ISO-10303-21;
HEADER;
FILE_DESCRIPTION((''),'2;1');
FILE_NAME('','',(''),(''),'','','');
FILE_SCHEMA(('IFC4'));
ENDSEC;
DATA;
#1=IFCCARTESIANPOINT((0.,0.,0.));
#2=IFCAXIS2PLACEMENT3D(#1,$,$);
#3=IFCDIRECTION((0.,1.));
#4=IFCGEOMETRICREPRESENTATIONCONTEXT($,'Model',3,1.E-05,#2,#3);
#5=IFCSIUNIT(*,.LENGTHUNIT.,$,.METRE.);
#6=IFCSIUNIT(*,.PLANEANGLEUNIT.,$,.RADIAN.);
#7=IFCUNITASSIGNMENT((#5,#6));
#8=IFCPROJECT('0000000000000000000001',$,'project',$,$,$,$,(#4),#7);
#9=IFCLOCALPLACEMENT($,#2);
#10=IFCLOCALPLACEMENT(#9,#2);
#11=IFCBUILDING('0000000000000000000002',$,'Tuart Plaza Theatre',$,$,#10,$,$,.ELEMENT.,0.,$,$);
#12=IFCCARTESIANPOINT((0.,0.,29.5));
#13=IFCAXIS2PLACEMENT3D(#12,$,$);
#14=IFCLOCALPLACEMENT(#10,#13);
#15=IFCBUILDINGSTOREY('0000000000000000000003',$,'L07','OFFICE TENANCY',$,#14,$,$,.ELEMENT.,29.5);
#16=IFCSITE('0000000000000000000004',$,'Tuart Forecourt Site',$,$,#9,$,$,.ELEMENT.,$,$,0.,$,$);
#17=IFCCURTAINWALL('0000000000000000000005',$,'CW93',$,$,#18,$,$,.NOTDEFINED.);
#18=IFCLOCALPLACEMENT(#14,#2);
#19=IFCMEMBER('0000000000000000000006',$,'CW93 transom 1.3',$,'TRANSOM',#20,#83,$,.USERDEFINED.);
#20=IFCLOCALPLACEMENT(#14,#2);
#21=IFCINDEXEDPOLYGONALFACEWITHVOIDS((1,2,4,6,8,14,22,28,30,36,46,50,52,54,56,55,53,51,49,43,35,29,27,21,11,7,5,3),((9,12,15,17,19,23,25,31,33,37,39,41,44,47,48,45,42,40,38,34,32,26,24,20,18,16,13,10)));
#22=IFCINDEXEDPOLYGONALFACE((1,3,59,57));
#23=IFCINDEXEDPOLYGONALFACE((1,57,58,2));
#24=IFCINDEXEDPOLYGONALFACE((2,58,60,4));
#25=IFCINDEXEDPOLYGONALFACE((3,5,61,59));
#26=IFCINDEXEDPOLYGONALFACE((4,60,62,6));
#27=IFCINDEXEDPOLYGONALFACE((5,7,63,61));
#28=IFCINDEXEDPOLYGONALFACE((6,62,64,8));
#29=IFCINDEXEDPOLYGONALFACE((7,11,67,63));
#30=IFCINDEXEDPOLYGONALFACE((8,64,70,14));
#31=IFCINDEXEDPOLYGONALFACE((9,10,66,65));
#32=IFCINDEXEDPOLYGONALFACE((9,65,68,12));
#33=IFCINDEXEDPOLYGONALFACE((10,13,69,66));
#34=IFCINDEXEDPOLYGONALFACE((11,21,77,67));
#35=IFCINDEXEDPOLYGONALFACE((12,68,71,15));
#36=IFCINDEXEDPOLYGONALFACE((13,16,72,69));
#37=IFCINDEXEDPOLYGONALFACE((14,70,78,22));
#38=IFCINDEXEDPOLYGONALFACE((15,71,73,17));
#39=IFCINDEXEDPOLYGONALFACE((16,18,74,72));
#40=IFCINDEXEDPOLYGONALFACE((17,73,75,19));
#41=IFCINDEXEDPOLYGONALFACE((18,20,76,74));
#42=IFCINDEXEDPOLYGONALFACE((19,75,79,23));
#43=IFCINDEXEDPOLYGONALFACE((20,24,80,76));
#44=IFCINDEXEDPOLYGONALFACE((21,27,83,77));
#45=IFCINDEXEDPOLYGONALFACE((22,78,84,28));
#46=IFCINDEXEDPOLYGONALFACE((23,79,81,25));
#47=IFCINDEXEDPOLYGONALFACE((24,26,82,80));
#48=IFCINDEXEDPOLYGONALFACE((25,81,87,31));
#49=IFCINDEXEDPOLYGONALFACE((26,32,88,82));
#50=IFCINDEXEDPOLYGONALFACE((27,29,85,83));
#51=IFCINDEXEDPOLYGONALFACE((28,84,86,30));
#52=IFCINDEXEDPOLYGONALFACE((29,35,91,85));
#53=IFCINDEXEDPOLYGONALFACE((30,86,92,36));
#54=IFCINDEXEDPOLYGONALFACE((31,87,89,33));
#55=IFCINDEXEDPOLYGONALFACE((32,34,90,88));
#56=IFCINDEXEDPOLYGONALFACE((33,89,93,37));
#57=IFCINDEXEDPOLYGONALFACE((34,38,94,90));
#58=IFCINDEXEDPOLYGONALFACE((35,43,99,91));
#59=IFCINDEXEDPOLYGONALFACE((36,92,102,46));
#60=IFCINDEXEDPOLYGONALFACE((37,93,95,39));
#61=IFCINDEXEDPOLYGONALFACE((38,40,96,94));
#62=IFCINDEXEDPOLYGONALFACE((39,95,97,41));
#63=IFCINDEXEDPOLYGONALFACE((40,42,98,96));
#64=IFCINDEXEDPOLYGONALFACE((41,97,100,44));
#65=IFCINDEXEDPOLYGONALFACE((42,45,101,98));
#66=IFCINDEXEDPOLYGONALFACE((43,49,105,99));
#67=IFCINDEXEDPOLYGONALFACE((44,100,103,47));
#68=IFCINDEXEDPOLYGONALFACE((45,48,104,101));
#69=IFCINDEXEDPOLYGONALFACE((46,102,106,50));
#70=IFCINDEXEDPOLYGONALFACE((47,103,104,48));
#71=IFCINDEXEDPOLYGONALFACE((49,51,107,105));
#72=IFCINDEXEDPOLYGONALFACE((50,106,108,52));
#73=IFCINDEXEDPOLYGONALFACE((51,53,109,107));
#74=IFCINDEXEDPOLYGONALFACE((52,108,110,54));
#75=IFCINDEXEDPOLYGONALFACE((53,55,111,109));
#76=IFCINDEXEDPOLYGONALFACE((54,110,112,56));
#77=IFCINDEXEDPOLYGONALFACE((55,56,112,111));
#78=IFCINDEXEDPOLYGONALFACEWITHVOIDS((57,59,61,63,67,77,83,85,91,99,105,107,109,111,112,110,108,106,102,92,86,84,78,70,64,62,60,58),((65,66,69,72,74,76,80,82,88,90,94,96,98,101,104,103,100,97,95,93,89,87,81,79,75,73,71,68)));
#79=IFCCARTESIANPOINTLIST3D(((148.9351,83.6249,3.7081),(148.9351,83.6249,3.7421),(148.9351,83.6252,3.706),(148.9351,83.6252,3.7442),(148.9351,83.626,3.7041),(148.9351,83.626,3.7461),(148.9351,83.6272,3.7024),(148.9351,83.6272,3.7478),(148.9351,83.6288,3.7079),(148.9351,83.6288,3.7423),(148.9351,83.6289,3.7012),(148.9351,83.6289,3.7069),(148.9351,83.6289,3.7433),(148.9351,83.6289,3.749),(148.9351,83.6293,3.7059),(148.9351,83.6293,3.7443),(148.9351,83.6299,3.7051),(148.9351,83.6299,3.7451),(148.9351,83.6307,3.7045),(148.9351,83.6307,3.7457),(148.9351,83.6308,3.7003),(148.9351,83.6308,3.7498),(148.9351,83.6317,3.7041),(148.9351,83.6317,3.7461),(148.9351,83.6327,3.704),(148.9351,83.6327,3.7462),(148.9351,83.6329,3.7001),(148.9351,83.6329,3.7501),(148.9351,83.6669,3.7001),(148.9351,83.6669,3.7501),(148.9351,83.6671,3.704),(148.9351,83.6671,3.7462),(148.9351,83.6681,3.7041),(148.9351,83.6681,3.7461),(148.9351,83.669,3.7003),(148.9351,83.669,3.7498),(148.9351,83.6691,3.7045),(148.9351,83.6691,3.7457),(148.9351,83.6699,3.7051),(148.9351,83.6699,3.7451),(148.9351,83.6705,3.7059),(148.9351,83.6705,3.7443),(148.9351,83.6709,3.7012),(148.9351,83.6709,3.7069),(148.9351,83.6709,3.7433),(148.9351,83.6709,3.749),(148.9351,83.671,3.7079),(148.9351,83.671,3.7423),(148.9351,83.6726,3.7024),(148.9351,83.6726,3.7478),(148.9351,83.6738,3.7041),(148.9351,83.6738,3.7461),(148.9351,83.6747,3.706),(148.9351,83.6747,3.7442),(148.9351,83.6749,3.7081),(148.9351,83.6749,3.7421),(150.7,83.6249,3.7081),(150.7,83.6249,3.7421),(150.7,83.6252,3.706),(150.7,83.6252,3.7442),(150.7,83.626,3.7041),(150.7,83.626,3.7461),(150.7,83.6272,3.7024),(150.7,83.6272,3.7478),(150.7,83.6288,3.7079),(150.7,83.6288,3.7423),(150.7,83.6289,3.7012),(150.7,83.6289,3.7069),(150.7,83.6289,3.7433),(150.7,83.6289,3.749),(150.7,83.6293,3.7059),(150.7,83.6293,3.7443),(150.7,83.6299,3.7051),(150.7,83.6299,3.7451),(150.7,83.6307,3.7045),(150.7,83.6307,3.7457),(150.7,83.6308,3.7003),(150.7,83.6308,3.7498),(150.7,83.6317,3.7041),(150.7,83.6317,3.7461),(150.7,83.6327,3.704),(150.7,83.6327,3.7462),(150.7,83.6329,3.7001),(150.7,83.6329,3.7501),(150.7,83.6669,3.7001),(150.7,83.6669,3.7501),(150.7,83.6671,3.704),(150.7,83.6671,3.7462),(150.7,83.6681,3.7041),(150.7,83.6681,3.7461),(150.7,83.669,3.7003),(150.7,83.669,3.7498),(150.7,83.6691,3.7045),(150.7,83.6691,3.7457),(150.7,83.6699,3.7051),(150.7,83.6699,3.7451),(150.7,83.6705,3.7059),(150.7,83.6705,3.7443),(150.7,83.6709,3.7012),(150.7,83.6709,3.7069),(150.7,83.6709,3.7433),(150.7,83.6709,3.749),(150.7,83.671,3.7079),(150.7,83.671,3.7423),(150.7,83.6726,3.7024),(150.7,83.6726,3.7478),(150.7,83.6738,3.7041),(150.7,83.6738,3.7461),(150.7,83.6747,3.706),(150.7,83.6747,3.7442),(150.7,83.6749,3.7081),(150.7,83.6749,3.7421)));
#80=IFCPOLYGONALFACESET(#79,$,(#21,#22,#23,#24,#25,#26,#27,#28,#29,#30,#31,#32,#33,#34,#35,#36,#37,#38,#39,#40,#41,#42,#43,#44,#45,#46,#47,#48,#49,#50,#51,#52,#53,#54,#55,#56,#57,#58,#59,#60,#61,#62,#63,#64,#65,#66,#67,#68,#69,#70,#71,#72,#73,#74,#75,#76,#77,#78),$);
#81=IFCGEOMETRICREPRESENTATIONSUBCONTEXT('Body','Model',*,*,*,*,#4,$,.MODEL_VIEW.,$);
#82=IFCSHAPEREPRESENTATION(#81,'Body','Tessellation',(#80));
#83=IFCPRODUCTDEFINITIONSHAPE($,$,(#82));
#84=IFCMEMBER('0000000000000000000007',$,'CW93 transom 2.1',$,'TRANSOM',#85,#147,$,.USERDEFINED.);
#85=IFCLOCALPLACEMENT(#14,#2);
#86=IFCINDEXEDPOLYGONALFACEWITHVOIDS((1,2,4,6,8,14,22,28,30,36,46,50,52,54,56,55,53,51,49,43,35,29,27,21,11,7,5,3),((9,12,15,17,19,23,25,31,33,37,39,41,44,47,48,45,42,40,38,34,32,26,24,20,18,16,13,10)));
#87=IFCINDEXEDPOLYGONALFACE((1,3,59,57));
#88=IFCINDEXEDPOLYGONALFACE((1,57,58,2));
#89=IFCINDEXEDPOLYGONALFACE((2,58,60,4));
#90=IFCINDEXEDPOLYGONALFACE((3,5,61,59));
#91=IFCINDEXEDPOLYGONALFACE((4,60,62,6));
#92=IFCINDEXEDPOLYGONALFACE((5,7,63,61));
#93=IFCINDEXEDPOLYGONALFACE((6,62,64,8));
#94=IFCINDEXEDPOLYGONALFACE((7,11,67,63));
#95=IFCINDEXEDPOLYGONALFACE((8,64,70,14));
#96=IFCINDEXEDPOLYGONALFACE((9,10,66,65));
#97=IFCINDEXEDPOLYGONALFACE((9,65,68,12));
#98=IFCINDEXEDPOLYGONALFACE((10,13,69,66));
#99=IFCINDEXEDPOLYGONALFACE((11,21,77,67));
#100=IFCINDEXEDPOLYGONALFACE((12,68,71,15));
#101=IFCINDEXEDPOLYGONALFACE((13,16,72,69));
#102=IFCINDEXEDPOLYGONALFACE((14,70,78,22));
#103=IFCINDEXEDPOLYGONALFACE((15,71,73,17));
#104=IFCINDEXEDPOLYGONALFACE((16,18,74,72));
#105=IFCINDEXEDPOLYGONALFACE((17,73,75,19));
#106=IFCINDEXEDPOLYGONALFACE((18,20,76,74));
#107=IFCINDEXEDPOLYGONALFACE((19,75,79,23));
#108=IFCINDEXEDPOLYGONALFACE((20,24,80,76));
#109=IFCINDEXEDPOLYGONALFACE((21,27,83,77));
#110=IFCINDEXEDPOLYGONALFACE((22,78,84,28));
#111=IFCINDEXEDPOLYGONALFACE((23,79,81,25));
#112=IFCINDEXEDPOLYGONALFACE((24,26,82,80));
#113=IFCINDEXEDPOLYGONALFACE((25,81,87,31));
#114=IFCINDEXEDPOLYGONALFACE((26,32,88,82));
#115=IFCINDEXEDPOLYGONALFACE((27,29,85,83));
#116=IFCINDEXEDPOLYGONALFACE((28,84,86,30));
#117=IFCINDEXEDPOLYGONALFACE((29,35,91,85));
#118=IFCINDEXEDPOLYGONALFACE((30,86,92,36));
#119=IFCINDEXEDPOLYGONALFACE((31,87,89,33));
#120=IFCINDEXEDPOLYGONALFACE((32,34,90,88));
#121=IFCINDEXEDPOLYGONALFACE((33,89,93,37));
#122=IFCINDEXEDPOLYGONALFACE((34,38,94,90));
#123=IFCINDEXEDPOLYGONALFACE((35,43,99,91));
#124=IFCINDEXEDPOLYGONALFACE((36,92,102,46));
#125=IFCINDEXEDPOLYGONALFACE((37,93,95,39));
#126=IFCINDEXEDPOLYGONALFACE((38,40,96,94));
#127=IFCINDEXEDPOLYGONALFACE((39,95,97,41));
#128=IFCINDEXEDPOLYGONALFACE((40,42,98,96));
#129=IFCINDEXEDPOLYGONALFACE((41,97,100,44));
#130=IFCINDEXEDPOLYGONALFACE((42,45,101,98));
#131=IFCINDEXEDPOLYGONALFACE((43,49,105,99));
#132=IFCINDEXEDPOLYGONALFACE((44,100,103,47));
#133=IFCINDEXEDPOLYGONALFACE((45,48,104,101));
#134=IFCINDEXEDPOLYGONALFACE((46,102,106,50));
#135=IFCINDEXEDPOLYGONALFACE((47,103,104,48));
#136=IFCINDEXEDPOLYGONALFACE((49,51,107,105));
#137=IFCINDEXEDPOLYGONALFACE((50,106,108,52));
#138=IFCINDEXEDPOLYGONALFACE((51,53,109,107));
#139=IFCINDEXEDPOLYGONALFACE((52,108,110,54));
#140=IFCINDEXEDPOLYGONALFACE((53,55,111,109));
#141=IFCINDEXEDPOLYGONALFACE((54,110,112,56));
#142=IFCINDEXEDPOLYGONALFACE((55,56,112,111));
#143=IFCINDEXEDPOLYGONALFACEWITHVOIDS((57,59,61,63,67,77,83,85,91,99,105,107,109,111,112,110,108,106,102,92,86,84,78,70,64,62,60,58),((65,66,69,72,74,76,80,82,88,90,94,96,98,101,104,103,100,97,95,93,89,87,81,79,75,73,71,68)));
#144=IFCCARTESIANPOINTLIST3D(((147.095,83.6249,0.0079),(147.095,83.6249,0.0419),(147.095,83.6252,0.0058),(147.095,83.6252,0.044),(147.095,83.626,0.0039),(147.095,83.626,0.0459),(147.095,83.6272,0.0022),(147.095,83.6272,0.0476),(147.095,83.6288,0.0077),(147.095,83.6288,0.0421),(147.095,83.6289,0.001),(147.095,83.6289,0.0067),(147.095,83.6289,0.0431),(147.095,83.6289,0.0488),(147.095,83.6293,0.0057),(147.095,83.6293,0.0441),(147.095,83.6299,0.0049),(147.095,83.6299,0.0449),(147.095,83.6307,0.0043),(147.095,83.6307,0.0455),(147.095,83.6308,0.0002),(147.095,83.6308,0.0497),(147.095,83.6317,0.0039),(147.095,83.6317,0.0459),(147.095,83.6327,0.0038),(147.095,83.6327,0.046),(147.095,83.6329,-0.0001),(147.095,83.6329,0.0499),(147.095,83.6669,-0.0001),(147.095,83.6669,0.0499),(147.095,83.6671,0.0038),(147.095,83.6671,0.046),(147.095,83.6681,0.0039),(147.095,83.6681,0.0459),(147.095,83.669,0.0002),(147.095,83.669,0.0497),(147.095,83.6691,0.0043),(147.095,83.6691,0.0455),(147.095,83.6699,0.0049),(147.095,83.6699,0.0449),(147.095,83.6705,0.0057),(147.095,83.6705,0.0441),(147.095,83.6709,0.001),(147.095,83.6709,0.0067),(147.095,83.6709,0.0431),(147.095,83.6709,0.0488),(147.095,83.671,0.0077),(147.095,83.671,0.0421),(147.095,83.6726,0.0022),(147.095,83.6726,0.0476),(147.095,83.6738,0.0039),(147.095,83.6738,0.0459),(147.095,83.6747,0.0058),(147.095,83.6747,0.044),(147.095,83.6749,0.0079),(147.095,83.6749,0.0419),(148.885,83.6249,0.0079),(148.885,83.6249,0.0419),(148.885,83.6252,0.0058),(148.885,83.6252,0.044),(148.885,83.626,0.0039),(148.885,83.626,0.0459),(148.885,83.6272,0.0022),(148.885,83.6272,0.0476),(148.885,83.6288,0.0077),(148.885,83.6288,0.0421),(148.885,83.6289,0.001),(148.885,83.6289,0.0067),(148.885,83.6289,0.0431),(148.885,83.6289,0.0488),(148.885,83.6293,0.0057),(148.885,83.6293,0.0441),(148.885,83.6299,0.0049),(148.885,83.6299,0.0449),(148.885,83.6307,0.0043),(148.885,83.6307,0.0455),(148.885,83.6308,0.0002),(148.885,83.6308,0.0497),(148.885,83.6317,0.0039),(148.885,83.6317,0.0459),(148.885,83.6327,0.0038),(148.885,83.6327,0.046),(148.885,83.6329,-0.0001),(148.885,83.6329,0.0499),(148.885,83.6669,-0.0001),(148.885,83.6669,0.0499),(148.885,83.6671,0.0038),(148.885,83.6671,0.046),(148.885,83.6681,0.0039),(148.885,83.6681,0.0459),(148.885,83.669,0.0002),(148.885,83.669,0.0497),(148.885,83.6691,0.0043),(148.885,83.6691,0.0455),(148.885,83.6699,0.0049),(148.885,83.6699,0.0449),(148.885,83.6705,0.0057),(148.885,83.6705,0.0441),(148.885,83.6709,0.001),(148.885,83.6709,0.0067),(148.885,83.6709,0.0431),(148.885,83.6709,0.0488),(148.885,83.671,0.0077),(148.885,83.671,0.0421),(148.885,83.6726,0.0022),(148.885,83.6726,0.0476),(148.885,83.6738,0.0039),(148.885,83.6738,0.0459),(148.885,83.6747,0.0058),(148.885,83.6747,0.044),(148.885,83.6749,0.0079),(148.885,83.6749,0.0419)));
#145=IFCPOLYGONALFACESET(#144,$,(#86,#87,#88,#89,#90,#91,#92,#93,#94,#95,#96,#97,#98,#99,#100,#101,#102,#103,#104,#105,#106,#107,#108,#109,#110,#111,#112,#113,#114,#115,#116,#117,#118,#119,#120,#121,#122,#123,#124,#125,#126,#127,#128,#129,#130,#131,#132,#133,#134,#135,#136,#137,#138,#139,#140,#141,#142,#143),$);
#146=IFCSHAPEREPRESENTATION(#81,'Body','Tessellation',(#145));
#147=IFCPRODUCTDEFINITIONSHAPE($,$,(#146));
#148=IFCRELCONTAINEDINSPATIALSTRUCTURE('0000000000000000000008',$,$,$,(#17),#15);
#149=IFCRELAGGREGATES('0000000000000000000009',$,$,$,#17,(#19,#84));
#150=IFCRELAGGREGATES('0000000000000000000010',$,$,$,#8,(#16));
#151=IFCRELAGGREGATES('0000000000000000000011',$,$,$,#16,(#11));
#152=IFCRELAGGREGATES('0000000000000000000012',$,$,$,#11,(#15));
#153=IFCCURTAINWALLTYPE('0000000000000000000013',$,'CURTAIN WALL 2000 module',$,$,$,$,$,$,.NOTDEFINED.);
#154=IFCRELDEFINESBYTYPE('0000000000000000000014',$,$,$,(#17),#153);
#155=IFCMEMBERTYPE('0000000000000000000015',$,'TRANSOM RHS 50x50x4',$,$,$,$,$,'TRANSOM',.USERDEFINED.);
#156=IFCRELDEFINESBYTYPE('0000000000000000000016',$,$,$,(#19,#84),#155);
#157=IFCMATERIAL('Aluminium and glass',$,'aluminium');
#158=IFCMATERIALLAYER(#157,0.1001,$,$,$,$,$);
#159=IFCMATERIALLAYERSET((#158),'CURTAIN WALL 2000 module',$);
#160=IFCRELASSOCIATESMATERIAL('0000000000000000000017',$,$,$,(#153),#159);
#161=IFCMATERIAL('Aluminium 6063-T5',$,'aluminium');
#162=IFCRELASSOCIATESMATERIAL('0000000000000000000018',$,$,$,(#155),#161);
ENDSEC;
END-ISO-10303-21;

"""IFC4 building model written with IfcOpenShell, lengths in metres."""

from ifc_helpers import new_model, si_unit, direction, frame, origin, origin_2d, place, context, subcontext, project, spatial, hollow_rectangle, extrude, material, layer, layer_set, material_profile, profile_set, type_object, element, aggregate, save


model = new_model("IFC4")

# Units and contexts
model_context = context("Model", 3, precision=1e-05, world=origin(), true_north=direction((0.0, 1.0)))
body_context = subcontext(model_context, "Body", "Model", "MODEL_VIEW")
ifc_project = project(units=[si_unit("LENGTHUNIT", "METRE"), si_unit("PLANEANGLEUNIT", "RADIAN")], contexts=[model_context])

# Site, building, storey
site_placement = place(None, origin())
site = spatial("IfcSite", under=ifc_project, at=site_placement, Name="Tuart Forecourt Site", CompositionType="ELEMENT", RefElevation=0.0)
building_placement = place(site_placement, origin())
building = spatial("IfcBuilding", under=site, at=building_placement, Name="Tuart Plaza Theatre", CompositionType="ELEMENT", ElevationOfRefHeight=0.0)
storey_placement = place(building_placement, frame((0.0, 0.0, 29.5)))
storey = spatial("IfcBuildingStorey", under=building, at=storey_placement, Name="L07", Description="OFFICE TENANCY", CompositionType="ELEMENT", Elevation=29.5)

# Curtain wall
ifc_material_1 = material(Name="Aluminium and glass", Category="aluminium")
ifc_layer_1 = layer(ifc_material_1, 0.1001)
ifc_layer_set_1 = layer_set([ifc_layer_1], Name="CURTAIN WALL 2000 module")
curtain_wall_type = type_object("IfcCurtainWallType", Name="CURTAIN WALL 2000 module", PredefinedType="NOTDEFINED", material=ifc_layer_set_1)
curtain_wall_1_placement = place(storey_placement, origin())
curtain_wall_1 = element("IfcCurtainWall", 1, at=curtain_wall_1_placement, inside=storey, type_object=curtain_wall_type, Name="CW93", PredefinedType="NOTDEFINED")

# Members
ifc_material_2 = material(Name="Aluminium 6063-T5", Category="aluminium")
ifc_material_profile_1 = material_profile(ifc_material_2, hollow_rectangle(XDim=0.05, YDim=0.05, WallThickness=0.0039, InnerFilletRadius=0.0039, OuterFilletRadius=0.0081, at=origin_2d()), Name="RHS 50x50x4")
ifc_profile_set_1 = profile_set([ifc_material_profile_1], Name="Aluminium 6063-T5")
member_type_1 = type_object("IfcMemberType", Name="TRANSOM RHS 50x50x4", ElementType="TRANSOM", PredefinedType="USERDEFINED", material=ifc_profile_set_1)
member_1_placement = place(storey_placement, frame((150.7, 83.6499, 3.7251), z_axis=(-1.0, 0.0, 0.0), x_axis=(0.0, -1.0, 0.0)))
member_1 = element("IfcMember", 2, at=member_1_placement, type_object=member_type_1, Name="CW93 transom 1.3", ObjectType="TRANSOM", PredefinedType="USERDEFINED", context=body_context, shape_type="SweptSolid", body=[
    extrude(hollow_rectangle(XDim=0.05, YDim=0.05, WallThickness=0.0039, InnerFilletRadius=0.0039, OuterFilletRadius=0.0081, at=origin_2d()), origin(), (0.0, 0.0, 1.0), 1.7649),
])
member_2_placement = place(storey_placement, frame((148.885, 83.6499, 0.0249), z_axis=(-1.0, 0.0, 0.0), x_axis=(0.0, -1.0, 0.0)))
member_2 = element("IfcMember", 3, at=member_2_placement, type_object=member_type_1, Name="CW93 transom 2.1", ObjectType="TRANSOM", PredefinedType="USERDEFINED", context=body_context, shape_type="SweptSolid", body=[
    extrude(hollow_rectangle(XDim=0.05, YDim=0.05, WallThickness=0.0039, InnerFilletRadius=0.0039, OuterFilletRadius=0.0081, at=origin_2d()), origin(), (0.0, 0.0, 1.0), 1.79),
])

aggregate(curtain_wall_1, [member_1, member_2])

save(model, "model.ifc")
